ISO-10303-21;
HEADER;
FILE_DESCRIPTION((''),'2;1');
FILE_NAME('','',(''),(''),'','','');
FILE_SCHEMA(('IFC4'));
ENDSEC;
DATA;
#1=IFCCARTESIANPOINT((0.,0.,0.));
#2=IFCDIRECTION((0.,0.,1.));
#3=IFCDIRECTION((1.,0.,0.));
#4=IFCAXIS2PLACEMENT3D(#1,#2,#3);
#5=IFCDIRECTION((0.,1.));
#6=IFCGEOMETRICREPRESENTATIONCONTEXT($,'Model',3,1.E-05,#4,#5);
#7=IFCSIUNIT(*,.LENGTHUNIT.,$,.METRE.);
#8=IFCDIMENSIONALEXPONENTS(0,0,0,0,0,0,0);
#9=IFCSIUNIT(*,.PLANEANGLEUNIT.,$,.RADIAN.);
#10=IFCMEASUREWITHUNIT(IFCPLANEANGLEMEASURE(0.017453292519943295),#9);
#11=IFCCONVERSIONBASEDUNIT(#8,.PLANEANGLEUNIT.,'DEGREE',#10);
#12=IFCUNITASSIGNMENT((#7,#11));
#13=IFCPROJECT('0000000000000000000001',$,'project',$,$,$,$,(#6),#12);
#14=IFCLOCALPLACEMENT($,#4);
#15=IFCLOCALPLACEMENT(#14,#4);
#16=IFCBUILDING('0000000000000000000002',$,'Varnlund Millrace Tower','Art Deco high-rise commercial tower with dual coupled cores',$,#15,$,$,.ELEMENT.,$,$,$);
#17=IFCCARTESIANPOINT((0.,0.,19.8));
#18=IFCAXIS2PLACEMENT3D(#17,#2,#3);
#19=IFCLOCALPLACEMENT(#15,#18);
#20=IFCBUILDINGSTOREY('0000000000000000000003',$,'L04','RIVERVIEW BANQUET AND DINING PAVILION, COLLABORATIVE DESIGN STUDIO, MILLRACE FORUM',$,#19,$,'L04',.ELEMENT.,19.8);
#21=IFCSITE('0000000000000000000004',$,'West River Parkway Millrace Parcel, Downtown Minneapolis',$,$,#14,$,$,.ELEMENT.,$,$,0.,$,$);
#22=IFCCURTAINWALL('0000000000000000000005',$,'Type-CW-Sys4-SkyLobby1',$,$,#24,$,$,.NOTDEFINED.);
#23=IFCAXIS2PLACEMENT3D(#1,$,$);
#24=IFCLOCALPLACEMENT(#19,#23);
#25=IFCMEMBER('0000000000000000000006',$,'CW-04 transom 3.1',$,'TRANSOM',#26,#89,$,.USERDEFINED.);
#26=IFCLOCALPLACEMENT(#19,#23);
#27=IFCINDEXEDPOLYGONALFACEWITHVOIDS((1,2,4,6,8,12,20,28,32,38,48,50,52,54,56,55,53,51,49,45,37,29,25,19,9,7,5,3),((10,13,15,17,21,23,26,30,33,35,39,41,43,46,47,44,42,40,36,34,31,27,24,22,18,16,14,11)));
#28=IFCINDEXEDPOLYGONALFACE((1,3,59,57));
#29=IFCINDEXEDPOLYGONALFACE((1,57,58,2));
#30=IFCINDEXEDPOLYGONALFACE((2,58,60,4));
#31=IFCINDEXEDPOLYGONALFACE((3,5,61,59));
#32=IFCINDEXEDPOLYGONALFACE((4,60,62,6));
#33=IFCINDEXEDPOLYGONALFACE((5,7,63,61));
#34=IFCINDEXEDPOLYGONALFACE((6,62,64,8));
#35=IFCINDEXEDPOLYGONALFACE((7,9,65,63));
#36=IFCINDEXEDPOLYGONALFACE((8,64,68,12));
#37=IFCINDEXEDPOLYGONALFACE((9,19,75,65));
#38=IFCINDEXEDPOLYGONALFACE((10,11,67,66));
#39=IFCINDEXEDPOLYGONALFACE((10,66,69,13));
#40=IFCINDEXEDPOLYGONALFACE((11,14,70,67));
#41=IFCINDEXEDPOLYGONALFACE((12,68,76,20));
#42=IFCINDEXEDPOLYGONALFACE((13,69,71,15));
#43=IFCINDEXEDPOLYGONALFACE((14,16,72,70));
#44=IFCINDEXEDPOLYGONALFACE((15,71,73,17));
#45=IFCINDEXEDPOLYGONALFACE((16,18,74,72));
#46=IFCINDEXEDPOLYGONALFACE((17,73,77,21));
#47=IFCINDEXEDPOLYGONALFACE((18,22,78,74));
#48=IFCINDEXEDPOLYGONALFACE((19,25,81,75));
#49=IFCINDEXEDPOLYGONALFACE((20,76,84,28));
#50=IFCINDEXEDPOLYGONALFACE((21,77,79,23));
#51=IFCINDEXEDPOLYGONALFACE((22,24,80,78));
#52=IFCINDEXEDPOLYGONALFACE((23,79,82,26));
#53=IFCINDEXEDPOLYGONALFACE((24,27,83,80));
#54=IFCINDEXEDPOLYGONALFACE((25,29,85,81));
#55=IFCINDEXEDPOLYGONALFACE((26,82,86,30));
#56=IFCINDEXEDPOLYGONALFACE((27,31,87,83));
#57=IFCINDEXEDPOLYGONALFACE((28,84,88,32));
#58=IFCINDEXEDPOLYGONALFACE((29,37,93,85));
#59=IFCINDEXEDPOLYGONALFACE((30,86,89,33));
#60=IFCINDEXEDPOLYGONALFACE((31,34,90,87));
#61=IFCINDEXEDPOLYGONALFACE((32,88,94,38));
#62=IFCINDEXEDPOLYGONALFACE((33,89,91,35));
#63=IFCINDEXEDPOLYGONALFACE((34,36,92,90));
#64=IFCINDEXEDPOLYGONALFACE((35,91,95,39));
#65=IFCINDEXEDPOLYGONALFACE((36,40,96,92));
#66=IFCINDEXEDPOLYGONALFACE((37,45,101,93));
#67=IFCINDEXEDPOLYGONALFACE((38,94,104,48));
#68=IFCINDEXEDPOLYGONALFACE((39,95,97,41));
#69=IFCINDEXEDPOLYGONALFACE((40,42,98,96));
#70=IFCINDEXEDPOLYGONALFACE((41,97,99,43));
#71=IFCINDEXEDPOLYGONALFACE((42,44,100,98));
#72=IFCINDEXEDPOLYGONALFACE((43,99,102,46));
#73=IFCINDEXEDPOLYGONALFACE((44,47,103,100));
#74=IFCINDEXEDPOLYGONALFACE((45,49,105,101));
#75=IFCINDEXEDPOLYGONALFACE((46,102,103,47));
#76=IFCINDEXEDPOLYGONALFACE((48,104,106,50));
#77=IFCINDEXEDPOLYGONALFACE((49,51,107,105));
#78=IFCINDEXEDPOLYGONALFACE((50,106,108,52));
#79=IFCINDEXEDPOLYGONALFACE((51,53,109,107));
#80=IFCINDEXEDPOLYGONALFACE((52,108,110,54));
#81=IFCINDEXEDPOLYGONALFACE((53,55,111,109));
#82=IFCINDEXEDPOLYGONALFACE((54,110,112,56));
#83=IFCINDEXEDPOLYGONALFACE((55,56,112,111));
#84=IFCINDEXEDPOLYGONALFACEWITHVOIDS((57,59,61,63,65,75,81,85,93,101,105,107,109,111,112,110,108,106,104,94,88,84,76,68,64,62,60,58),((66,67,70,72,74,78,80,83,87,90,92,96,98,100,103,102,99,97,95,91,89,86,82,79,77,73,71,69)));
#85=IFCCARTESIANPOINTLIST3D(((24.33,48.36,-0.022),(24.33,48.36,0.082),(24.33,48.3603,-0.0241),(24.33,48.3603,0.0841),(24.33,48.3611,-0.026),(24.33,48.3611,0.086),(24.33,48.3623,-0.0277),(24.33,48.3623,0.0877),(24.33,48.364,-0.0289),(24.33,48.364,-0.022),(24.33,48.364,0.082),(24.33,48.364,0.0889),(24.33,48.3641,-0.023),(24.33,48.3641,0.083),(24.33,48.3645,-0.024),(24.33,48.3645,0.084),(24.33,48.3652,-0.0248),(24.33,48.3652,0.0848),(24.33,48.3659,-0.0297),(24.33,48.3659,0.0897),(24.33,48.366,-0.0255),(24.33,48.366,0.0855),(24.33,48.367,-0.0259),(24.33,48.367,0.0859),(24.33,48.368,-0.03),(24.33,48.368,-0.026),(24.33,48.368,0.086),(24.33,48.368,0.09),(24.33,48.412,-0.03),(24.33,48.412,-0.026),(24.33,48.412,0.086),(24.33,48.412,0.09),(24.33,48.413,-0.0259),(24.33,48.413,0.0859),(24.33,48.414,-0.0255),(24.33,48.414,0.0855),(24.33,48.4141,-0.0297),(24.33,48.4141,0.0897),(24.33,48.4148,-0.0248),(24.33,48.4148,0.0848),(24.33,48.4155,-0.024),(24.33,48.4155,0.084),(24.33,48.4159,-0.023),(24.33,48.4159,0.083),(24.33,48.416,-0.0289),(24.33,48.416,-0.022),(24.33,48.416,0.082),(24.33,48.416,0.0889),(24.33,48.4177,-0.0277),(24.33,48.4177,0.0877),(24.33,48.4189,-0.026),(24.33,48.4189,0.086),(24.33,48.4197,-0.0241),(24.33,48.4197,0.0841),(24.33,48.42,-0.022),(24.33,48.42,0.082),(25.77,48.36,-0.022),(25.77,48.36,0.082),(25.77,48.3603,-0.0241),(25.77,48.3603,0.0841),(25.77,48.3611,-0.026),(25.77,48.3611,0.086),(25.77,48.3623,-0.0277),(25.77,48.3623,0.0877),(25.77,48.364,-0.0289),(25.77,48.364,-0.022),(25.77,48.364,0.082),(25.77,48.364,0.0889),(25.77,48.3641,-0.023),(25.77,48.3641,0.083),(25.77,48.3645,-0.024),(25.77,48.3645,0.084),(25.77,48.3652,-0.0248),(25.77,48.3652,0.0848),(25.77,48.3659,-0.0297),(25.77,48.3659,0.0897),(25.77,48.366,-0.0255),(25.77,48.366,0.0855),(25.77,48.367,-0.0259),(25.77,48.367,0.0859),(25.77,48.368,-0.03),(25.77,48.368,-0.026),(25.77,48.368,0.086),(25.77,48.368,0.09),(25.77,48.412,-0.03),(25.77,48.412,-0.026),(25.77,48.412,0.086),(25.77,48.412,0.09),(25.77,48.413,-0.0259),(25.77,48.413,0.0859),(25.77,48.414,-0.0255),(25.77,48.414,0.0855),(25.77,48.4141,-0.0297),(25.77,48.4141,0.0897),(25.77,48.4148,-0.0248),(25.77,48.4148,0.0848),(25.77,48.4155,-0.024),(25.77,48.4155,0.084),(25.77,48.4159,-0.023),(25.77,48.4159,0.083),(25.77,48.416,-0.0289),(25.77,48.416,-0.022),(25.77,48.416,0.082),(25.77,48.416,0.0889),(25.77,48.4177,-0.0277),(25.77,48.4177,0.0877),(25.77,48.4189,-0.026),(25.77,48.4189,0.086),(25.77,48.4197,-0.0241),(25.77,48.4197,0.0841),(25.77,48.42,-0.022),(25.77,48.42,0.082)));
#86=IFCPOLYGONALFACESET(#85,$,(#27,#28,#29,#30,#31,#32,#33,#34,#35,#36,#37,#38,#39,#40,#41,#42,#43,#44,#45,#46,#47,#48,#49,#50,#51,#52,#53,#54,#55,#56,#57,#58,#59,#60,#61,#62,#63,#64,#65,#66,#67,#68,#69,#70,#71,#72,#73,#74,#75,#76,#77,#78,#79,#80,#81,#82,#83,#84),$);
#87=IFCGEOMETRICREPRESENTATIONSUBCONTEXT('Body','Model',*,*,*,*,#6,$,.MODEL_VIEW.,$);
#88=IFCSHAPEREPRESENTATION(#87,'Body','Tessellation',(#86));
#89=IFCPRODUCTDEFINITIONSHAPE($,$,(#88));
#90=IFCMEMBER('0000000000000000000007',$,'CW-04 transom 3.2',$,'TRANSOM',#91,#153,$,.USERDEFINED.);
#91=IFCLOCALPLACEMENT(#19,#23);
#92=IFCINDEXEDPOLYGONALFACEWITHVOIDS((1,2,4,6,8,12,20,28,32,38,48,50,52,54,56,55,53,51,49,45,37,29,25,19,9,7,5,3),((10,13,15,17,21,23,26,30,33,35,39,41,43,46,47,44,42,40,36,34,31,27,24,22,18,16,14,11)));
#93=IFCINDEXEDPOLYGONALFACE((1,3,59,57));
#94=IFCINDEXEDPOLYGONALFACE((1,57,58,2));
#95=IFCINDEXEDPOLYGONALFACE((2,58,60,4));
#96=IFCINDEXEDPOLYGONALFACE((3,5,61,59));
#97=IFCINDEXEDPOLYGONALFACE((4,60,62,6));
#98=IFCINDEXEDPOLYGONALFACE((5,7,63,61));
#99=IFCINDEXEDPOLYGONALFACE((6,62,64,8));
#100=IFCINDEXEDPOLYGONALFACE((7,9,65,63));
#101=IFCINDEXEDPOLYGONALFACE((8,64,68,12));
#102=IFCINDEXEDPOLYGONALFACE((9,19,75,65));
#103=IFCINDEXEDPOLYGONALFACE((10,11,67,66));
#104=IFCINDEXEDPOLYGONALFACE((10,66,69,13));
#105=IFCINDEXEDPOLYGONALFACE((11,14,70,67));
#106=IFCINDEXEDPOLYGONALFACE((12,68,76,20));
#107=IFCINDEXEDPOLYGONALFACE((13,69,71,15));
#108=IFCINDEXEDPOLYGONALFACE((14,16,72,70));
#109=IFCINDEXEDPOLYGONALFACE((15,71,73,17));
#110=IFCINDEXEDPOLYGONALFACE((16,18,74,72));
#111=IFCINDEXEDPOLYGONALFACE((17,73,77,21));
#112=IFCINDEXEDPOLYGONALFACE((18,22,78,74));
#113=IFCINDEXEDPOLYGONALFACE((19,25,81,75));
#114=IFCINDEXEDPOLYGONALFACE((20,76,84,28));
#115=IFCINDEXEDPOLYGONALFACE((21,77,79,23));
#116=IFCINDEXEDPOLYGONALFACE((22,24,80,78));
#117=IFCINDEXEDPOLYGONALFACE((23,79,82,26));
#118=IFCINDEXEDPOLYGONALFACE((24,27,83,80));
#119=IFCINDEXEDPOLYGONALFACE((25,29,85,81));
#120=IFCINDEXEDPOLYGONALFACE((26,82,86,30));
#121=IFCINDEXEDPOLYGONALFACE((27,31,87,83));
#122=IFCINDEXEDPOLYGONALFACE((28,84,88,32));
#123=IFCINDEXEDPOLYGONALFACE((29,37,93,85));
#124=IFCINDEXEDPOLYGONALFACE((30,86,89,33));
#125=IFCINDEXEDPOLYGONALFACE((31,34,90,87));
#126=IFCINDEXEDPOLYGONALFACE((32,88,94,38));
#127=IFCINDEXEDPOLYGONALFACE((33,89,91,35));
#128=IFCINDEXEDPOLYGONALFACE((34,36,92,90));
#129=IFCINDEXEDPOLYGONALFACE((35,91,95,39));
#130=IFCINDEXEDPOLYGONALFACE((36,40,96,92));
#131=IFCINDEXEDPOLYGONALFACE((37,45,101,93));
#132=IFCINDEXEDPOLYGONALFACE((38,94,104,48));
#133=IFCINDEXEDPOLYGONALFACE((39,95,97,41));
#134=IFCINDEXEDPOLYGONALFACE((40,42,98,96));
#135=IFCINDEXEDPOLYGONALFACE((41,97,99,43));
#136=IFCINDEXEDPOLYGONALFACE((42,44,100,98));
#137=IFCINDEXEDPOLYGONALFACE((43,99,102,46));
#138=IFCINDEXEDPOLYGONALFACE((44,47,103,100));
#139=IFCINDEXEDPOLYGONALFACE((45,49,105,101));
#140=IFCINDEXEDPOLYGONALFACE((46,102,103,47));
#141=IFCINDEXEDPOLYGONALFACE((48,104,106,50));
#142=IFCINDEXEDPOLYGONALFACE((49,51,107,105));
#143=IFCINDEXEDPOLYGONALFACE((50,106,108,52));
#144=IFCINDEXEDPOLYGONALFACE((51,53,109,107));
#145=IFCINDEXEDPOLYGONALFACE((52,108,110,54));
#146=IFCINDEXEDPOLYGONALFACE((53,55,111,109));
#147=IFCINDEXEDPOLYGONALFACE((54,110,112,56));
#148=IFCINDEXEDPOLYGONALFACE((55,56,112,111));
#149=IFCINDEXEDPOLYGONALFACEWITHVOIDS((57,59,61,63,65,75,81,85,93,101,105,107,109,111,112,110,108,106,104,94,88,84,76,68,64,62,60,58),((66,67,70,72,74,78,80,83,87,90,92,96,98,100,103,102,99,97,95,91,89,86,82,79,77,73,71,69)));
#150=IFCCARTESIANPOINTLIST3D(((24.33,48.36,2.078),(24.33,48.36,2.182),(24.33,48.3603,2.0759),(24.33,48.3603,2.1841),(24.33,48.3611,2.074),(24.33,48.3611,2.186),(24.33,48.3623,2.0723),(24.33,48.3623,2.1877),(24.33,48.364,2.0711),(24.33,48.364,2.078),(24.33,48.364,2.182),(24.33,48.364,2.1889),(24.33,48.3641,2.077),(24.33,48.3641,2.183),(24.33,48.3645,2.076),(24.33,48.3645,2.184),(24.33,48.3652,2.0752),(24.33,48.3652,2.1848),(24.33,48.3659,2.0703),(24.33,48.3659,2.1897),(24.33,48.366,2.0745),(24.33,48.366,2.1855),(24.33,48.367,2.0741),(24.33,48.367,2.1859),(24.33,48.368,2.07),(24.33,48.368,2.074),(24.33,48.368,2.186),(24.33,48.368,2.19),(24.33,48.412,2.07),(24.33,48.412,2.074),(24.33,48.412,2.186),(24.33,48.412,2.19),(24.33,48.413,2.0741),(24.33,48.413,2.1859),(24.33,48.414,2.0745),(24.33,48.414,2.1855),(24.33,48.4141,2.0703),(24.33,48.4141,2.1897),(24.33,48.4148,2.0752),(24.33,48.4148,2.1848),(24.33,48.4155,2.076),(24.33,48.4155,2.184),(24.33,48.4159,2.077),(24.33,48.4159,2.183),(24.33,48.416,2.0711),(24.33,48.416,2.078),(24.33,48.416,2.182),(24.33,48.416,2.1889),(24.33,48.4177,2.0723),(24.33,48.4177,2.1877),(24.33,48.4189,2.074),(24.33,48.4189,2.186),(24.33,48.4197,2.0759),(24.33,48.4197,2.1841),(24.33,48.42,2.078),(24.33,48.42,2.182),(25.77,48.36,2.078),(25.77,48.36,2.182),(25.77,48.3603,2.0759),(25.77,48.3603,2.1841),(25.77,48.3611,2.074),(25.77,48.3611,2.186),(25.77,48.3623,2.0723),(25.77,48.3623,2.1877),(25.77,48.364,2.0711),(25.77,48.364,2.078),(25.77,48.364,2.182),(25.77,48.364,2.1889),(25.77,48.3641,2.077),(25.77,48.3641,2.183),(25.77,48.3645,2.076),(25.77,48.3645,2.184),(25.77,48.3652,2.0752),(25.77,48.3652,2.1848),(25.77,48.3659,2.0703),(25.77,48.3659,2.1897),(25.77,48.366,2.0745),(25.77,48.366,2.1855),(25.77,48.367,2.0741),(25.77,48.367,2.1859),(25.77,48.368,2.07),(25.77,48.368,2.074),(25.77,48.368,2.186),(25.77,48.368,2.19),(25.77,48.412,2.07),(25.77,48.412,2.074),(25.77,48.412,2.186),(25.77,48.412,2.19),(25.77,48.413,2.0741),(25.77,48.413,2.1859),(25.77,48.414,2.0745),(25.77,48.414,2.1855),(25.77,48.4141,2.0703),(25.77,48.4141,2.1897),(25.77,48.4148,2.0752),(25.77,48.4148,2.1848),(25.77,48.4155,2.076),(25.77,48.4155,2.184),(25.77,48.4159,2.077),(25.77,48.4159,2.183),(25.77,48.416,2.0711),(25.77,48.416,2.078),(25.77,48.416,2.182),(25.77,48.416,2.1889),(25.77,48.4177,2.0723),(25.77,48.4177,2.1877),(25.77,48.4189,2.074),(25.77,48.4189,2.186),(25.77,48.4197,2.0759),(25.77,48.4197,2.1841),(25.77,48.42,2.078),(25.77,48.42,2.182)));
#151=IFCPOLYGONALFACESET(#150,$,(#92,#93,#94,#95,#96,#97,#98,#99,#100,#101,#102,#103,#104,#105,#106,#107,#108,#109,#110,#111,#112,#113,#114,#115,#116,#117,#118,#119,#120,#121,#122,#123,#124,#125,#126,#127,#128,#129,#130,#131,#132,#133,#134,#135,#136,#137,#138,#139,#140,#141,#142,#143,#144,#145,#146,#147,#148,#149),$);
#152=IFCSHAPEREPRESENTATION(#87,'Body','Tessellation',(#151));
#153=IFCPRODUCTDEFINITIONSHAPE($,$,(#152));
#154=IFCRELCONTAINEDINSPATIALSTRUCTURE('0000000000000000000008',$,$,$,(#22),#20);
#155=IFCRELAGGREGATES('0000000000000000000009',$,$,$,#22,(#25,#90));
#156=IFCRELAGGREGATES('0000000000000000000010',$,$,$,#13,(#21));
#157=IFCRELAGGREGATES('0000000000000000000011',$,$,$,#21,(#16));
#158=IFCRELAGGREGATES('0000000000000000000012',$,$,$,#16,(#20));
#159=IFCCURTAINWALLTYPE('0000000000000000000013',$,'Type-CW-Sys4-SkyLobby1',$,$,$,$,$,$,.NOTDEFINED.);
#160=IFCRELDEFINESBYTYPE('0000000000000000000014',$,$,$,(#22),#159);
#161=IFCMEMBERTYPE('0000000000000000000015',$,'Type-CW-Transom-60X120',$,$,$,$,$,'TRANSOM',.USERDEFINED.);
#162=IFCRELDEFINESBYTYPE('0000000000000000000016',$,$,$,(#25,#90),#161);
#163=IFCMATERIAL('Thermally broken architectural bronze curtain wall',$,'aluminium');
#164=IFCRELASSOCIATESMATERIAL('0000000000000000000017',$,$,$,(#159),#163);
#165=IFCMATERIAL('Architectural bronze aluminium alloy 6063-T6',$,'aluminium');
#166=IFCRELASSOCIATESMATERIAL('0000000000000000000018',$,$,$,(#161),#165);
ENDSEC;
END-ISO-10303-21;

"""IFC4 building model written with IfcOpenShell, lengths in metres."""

from ifc_helpers import new_model, entity, si_unit, converted_unit, direction, frame, origin_with_axes, origin_2d_with_axis, place, context, subcontext, project, spatial, hollow_rectangle, extrude, material, material_profile, profile_set, type_object, element, aggregate, save


model = new_model("IFC4")

# Units and contexts
model_context = context("Model", 3, precision=1e-05, world=origin_with_axes(), true_north=direction((0.0, 1.0)))
body_context = subcontext(model_context, "Body", "Model", "MODEL_VIEW")
ifc_project = project(units=[si_unit("LENGTHUNIT", "METRE"), converted_unit("PLANEANGLEUNIT", "DEGREE", entity("IfcPlaneAngleMeasure", 0.017453292519943295), si_unit("PLANEANGLEUNIT", "RADIAN"), dimensions=[0, 0, 0, 0, 0, 0, 0])], contexts=[model_context])

# Site, building, storey
site_placement = place(None, origin_with_axes())
site = spatial("IfcSite", under=ifc_project, at=site_placement, Name="West River Parkway Millrace Parcel, Downtown Minneapolis", CompositionType="ELEMENT", RefElevation=0.0)
building_placement = place(site_placement, origin_with_axes())
building = spatial("IfcBuilding", under=site, at=building_placement, Name="Varnlund Millrace Tower", Description="Art Deco high-rise commercial tower with dual coupled cores", CompositionType="ELEMENT")
storey_placement = place(building_placement, frame((0.0, 0.0, 19.8), z_axis=(0.0, 0.0, 1.0), x_axis=(1.0, 0.0, 0.0)))
storey = spatial("IfcBuildingStorey", under=building, at=storey_placement, Name="L04", Description="RIVERVIEW BANQUET AND DINING PAVILION, COLLABORATIVE DESIGN STUDIO, MILLRACE FORUM", LongName="L04", CompositionType="ELEMENT", Elevation=19.8)

# Curtain wall, members
ifc_material_1 = material(Name="Thermally broken architectural bronze curtain wall", Category="aluminium")
curtain_wall_type = type_object("IfcCurtainWallType", Name="Type-CW-Sys4-SkyLobby1", PredefinedType="NOTDEFINED", material=ifc_material_1)
curtain_wall_placement = place(storey_placement, frame((21.3, 48.39, 0.0), z_axis=(0.0, 0.0, 1.0), x_axis=(1.0, 0.0, 0.0)))
curtain_wall = element("IfcCurtainWall", 1, at=curtain_wall_placement, inside=storey, type_object=curtain_wall_type, Name="Type-CW-Sys4-SkyLobby1", PredefinedType="NOTDEFINED")
ifc_material_2 = material(Name="Architectural bronze aluminium alloy 6063-T6", Category="aluminium")
ifc_material_profile_1 = material_profile(ifc_material_2, hollow_rectangle(XDim=0.06, YDim=0.12, WallThickness=0.004, InnerFilletRadius=0.004, OuterFilletRadius=0.008, at=origin_2d_with_axis()), Name="Architectural bronze aluminium alloy 6063-T6")
ifc_profile_set_1 = profile_set([ifc_material_profile_1], Name="Architectural bronze aluminium alloy 6063-T6")
member_type_1 = type_object("IfcMemberType", Name="Type-CW-Transom-60X120", ElementType="TRANSOM", PredefinedType="USERDEFINED", material=ifc_profile_set_1)
member_1_placement = place(storey_placement, frame((24.33, 48.39, 0.03), z_axis=(1.0, 0.0, 0.0), x_axis=(0.0, 1.0, 0.0)))
member_1 = element("IfcMember", 2, at=member_1_placement, type_object=member_type_1, Name="CW-04 transom 3.1", ObjectType="TRANSOM", PredefinedType="USERDEFINED", context=body_context, shape_type="SweptSolid", body=[
    extrude(hollow_rectangle(XDim=0.06, YDim=0.12, WallThickness=0.004, InnerFilletRadius=0.004, OuterFilletRadius=0.008, at=origin_2d_with_axis()), origin_with_axes(), (0.0, 0.0, 1.0), 1.44),
])
member_2_placement = place(storey_placement, frame((24.33, 48.39, 2.13), z_axis=(1.0, 0.0, 0.0), x_axis=(0.0, 1.0, 0.0)))
member_2 = element("IfcMember", 3, at=member_2_placement, type_object=member_type_1, Name="CW-04 transom 3.2", ObjectType="TRANSOM", PredefinedType="USERDEFINED", context=body_context, shape_type="SweptSolid", body=[
    extrude(hollow_rectangle(XDim=0.06, YDim=0.12, WallThickness=0.004, InnerFilletRadius=0.004, OuterFilletRadius=0.008, at=origin_2d_with_axis()), origin_with_axes(), (0.0, 0.0, 1.0), 1.44),
])
aggregate(curtain_wall, [member_1, member_2])

save(model, "model.ifc")
